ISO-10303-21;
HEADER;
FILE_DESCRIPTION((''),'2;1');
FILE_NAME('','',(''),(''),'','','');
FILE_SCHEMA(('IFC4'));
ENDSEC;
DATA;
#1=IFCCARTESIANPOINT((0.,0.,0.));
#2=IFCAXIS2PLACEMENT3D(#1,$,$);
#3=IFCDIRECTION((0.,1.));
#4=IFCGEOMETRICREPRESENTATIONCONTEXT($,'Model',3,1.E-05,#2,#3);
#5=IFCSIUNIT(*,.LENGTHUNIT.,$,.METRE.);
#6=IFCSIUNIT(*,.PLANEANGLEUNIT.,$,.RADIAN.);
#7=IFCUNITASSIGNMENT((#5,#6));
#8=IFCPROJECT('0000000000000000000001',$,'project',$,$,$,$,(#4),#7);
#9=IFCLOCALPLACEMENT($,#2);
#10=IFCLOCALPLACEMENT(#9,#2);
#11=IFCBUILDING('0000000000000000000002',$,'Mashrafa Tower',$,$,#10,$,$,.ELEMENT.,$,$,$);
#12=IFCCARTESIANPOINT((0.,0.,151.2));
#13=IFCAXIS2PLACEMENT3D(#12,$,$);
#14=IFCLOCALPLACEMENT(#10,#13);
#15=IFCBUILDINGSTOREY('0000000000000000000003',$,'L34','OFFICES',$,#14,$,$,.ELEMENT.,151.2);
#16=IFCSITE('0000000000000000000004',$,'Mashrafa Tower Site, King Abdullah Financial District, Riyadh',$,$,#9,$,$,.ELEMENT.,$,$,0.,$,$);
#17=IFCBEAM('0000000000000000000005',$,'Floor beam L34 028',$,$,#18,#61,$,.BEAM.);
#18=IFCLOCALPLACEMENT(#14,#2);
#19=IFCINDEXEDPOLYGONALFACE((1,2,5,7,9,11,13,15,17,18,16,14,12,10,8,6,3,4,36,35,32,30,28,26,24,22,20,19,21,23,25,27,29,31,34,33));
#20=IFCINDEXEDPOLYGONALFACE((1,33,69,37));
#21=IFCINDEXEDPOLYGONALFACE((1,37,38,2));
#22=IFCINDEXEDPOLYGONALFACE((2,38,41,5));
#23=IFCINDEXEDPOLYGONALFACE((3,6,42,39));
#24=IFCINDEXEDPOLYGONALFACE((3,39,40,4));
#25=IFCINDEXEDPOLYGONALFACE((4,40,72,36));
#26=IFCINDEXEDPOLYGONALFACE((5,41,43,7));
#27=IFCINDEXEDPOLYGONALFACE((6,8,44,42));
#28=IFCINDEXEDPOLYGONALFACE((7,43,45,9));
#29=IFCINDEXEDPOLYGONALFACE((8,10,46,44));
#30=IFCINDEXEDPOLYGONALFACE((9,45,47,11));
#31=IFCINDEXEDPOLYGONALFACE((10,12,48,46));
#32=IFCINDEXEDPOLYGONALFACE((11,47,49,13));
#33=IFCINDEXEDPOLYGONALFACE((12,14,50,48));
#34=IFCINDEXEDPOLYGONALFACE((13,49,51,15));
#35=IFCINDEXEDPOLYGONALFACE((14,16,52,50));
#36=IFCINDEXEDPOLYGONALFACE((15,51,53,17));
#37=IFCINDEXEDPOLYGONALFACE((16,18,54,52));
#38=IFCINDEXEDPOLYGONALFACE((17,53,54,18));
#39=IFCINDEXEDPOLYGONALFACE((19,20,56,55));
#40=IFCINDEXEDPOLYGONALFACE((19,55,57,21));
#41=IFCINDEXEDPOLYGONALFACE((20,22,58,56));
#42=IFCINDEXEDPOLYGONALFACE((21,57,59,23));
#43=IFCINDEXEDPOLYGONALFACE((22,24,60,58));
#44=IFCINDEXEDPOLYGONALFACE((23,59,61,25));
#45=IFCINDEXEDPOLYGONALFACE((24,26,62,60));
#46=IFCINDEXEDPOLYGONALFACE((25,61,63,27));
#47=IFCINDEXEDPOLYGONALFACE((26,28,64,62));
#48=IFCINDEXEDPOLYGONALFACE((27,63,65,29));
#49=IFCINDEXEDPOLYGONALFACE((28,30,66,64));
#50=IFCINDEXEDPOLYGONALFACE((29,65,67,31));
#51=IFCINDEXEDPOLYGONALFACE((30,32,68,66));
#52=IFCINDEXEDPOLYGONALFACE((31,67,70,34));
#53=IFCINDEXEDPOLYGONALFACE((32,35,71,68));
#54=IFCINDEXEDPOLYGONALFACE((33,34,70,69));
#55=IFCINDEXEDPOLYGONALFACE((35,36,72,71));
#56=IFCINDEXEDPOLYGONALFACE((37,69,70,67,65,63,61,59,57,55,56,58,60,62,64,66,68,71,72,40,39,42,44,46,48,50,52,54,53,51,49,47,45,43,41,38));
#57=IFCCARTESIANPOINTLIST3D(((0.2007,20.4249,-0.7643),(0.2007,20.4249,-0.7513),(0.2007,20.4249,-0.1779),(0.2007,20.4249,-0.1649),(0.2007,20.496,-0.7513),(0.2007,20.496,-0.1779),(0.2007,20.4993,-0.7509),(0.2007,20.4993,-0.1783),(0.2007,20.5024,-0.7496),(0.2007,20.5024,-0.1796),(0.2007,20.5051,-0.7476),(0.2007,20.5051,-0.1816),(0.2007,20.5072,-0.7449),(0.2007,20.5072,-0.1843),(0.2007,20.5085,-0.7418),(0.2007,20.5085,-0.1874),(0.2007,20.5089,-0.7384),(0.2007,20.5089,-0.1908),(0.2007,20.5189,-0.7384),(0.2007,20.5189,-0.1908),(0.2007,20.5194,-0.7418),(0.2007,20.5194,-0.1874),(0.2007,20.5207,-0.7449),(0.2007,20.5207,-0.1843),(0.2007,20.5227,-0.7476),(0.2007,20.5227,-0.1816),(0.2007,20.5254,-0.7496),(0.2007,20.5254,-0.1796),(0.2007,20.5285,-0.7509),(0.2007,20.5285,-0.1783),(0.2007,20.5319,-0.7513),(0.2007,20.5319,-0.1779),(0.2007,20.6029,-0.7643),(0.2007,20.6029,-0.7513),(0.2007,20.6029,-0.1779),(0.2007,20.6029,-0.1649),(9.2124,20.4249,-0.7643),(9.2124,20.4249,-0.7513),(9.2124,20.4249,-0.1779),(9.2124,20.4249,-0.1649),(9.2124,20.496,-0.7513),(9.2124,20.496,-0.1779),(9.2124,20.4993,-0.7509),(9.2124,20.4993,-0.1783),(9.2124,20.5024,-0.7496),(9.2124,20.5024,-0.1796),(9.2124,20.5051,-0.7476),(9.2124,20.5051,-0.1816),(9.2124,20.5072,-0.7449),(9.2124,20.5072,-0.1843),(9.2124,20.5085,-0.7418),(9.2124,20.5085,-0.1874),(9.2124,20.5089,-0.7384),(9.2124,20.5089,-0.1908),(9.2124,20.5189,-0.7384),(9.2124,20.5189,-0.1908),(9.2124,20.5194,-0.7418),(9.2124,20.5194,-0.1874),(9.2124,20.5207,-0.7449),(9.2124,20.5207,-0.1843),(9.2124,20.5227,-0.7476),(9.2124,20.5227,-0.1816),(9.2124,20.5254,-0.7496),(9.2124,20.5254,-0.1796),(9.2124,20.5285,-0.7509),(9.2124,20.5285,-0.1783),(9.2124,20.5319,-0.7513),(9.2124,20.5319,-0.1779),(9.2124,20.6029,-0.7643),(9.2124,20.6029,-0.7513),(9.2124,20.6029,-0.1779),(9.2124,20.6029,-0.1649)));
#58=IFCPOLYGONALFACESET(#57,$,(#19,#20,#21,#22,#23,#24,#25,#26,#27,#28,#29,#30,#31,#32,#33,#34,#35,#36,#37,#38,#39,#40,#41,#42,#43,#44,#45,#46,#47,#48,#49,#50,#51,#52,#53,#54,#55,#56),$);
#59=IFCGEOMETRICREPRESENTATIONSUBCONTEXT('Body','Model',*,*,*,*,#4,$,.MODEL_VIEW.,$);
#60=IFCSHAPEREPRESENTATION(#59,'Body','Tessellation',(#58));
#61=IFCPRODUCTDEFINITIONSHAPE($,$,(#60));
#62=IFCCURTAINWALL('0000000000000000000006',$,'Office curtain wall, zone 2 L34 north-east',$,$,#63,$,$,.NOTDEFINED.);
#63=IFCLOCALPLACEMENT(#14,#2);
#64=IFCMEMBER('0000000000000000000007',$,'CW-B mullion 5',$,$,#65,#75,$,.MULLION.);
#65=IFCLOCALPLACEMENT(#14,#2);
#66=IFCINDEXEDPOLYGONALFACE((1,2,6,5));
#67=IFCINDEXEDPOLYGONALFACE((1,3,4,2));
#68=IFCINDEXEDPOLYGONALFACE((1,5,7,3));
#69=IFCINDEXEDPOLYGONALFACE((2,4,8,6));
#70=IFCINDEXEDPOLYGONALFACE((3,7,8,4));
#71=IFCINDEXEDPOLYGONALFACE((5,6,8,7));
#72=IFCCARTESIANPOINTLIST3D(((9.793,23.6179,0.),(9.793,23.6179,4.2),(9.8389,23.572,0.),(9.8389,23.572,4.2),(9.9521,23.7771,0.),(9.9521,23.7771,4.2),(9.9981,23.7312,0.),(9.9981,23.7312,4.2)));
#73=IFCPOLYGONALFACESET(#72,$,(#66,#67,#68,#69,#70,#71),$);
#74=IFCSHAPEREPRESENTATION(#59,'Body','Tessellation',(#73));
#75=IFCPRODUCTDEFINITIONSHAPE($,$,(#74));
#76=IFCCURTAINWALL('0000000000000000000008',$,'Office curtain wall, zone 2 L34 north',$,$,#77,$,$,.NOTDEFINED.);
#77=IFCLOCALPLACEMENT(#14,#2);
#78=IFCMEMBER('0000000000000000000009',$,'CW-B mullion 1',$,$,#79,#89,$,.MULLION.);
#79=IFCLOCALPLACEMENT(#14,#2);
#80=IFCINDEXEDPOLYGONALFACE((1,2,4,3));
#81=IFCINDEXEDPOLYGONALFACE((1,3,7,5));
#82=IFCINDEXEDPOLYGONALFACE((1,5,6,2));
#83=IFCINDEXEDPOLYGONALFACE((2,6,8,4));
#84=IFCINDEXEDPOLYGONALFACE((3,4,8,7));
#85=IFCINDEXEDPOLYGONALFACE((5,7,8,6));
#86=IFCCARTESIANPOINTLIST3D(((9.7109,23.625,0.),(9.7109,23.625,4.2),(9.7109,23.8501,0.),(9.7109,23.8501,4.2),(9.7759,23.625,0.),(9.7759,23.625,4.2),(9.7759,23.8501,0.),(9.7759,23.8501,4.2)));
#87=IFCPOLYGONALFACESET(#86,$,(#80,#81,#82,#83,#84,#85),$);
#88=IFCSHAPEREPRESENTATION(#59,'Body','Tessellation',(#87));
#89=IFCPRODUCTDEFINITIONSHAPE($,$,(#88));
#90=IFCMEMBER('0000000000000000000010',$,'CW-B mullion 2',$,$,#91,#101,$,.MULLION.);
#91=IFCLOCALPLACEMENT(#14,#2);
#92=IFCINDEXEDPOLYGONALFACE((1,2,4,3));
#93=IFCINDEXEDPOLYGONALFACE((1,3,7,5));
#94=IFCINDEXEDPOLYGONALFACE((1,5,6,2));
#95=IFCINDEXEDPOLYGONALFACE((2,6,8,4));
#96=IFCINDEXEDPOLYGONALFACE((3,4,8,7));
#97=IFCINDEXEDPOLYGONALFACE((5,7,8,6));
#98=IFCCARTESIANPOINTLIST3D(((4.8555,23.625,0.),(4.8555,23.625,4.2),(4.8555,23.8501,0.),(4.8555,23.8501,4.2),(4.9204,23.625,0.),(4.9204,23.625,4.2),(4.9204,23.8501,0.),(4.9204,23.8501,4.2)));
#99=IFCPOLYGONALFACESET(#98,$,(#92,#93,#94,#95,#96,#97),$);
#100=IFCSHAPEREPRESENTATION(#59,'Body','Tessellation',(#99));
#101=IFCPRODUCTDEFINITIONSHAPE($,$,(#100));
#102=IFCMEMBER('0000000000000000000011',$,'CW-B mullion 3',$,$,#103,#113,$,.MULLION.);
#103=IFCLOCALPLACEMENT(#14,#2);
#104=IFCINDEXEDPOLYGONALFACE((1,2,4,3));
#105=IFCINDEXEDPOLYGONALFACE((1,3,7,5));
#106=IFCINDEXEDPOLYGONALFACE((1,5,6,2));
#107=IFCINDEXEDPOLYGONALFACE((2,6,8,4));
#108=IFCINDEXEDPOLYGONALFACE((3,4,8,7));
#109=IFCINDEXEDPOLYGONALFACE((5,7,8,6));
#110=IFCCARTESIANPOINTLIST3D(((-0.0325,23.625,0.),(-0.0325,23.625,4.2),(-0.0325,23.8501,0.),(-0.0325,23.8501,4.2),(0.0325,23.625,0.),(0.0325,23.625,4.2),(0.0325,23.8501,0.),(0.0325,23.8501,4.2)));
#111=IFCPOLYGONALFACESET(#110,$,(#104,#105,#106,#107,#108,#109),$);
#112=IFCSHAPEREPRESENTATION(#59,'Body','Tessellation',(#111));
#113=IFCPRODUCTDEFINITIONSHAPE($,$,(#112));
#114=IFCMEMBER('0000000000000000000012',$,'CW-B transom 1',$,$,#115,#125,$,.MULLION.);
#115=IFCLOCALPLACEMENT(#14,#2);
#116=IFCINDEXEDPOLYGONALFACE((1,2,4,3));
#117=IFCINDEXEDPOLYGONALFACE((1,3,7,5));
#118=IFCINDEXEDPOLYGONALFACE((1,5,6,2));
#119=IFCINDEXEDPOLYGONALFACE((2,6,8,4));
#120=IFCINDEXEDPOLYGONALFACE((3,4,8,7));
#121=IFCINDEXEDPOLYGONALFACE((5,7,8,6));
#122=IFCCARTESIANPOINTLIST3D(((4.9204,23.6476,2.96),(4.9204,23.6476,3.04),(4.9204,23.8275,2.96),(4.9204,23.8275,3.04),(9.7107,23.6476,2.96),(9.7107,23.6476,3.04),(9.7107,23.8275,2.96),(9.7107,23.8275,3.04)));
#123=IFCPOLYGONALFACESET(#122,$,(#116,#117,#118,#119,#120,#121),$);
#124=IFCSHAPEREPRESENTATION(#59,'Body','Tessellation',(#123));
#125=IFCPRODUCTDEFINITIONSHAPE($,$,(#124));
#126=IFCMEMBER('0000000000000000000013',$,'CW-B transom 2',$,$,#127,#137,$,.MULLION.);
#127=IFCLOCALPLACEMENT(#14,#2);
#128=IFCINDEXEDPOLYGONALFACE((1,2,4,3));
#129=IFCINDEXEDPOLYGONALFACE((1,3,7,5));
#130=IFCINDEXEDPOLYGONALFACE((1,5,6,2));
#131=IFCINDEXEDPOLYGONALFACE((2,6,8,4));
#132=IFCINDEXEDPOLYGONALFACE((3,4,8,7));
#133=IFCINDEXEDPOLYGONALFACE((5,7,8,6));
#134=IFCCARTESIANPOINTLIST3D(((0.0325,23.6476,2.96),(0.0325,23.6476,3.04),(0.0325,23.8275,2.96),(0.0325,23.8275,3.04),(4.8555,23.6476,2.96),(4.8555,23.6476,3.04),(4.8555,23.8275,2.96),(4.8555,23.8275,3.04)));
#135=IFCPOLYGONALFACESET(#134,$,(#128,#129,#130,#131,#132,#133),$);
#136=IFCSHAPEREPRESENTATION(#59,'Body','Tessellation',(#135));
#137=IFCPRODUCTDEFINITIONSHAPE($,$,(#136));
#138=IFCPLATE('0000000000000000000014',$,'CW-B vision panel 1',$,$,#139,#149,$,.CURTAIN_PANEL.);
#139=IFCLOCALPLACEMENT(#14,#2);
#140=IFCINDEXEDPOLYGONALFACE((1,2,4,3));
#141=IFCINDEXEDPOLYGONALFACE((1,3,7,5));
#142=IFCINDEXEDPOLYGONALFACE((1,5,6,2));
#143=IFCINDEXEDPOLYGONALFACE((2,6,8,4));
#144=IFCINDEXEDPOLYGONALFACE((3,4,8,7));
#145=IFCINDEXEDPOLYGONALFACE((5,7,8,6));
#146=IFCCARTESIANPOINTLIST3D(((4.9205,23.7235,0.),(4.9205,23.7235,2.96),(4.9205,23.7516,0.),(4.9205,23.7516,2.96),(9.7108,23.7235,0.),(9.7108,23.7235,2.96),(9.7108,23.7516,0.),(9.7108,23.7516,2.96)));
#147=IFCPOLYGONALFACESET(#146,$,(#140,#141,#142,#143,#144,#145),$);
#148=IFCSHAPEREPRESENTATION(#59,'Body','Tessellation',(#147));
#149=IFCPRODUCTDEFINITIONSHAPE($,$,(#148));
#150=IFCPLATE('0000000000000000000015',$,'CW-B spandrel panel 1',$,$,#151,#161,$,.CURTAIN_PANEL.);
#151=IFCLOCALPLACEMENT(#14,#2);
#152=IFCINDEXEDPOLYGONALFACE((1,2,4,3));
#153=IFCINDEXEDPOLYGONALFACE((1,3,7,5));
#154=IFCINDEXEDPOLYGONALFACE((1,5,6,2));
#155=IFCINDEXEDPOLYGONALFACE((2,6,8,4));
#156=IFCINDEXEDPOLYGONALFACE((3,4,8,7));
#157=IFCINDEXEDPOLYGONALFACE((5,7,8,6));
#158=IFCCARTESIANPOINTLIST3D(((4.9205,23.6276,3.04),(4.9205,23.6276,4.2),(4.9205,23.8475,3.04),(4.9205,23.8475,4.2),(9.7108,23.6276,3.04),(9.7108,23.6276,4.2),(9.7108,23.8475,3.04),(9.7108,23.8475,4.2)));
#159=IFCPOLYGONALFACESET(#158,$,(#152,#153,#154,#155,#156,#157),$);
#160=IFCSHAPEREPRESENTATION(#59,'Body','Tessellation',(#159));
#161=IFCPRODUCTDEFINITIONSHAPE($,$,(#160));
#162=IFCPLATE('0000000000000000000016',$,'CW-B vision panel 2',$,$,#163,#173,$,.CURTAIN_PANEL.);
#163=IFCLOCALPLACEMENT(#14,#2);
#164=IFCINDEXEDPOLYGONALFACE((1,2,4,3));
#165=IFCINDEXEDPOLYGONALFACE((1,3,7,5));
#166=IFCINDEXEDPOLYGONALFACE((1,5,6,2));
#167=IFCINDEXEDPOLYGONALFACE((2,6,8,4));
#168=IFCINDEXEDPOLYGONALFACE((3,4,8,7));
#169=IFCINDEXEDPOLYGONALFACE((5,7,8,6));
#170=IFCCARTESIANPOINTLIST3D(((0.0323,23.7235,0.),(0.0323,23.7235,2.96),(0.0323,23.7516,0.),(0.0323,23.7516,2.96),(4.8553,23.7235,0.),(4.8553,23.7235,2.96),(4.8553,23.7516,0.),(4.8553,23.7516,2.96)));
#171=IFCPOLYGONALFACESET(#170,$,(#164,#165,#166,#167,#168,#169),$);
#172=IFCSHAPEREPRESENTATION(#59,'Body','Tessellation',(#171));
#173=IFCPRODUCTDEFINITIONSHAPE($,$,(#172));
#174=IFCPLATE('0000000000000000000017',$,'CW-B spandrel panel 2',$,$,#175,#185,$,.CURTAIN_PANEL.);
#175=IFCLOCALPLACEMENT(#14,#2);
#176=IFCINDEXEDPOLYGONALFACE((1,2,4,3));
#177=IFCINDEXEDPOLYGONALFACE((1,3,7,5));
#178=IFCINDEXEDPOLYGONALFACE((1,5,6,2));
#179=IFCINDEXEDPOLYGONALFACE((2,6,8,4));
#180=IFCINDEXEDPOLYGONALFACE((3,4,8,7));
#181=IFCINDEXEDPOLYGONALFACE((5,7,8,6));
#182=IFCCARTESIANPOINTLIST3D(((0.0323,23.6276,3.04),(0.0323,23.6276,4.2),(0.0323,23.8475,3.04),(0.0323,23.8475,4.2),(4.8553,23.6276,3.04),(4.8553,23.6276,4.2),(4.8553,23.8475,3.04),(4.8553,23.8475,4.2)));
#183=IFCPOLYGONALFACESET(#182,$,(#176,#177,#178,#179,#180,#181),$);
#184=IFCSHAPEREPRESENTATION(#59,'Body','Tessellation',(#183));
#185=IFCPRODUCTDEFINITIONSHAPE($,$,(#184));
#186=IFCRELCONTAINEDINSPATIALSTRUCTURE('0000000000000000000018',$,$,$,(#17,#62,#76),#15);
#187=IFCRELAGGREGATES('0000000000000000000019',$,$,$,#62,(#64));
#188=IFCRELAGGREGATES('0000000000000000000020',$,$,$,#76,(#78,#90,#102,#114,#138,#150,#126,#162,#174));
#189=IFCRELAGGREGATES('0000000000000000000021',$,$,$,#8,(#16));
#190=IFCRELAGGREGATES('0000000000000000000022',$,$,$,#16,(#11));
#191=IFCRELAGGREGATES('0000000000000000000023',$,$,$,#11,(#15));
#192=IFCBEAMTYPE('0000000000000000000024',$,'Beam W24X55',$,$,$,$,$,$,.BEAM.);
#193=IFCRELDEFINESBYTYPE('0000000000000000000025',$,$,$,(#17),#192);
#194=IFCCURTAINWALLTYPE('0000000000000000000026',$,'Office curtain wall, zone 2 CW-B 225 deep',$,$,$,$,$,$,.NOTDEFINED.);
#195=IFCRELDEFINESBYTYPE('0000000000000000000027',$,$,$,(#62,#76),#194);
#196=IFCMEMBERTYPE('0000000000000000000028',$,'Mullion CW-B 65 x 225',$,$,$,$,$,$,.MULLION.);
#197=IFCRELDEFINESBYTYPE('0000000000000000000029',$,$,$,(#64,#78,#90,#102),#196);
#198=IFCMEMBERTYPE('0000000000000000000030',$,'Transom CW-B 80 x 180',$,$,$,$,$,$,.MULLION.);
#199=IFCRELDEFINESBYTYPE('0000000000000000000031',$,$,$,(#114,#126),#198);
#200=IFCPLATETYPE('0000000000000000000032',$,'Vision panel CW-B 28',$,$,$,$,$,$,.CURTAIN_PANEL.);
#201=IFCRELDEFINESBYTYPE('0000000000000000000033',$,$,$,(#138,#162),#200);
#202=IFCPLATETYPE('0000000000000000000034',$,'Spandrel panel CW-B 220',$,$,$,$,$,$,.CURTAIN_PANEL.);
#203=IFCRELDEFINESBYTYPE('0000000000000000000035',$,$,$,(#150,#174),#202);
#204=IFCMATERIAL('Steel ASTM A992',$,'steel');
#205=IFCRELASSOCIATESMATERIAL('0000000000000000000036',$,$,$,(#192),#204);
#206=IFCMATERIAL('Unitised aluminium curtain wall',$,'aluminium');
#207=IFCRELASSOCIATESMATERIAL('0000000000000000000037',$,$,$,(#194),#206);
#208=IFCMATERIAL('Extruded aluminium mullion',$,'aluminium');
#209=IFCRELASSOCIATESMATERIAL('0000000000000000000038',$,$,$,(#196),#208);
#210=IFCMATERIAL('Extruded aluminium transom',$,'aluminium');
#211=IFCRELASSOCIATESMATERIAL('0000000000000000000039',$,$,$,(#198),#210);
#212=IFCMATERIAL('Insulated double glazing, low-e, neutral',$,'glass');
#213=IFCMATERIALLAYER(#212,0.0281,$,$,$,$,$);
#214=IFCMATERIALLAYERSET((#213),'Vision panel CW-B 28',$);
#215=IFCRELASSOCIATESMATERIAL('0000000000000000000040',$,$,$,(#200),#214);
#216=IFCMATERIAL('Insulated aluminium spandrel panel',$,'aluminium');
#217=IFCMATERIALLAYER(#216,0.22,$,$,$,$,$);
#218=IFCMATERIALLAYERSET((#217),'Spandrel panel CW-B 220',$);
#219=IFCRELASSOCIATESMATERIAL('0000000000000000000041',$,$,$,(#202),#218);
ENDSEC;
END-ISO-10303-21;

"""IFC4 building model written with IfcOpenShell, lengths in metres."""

from ifc_helpers import new_model, si_unit, direction, frame, origin, origin_2d, place, context, subcontext, project, spatial, rectangle, i_section, extrude, source, transform, mapped, material, layer, layer_set, material_profile, profile_set, type_object, type_shapes, element, aggregate, save


model = new_model("IFC4")

# Units and contexts
model_context = context("Model", 3, precision=1e-05, world=origin(), true_north=direction((0.0, 1.0)))
body_context = subcontext(model_context, "Body", "Model", "MODEL_VIEW")
ifc_project = project(units=[si_unit("LENGTHUNIT", "METRE"), si_unit("PLANEANGLEUNIT", "RADIAN")], contexts=[model_context])

# Site, building, storey
site_placement = place(None, origin())
site = spatial("IfcSite", under=ifc_project, at=site_placement, Name="Mashrafa Tower Site, King Abdullah Financial District, Riyadh", CompositionType="ELEMENT", RefElevation=0.0)
building_placement = place(site_placement, origin())
building = spatial("IfcBuilding", under=site, at=building_placement, Name="Mashrafa Tower", CompositionType="ELEMENT")
storey_placement = place(building_placement, frame((0.0, 0.0, 151.2)))
storey = spatial("IfcBuildingStorey", under=building, at=storey_placement, Name="L34", Description="OFFICES", CompositionType="ELEMENT", Elevation=151.2)

# Beam
ifc_material_1 = material(Name="Steel ASTM A992", Category="steel")
ifc_material_profile_1 = material_profile(ifc_material_1, i_section(OverallWidth=0.178, OverallDepth=0.5994, WebThickness=0.01, FlangeThickness=0.0129, FilletRadius=0.0129, at=origin_2d()), Name="W24X55")
ifc_profile_set_1 = profile_set([ifc_material_profile_1], Name="Steel ASTM A992")
beam_type_1 = type_object("IfcBeamType", Name="Beam W24X55", PredefinedType="BEAM", material=ifc_profile_set_1)
beam_1_placement = place(storey_placement, frame((0.2007, 20.5139, -0.4646), z_axis=(1.0, 0.0, 0.0), x_axis=(0.0, 1.0, 0.0)))
element("IfcBeam", 1, at=beam_1_placement, inside=storey, type_object=beam_type_1, Name="Floor beam L34 028", PredefinedType="BEAM", context=body_context, shape_type="SweptSolid", body=[
    extrude(i_section(OverallWidth=0.178, OverallDepth=0.5994, WebThickness=0.01, FlangeThickness=0.0129, FilletRadius=0.0129, at=origin_2d()), origin(), (0.0, 0.0, 1.0), 9.0117),
])

# Curtain wall, member
ifc_material_2 = material(Name="Unitised aluminium curtain wall", Category="aluminium")
curtain_wall_type = type_object("IfcCurtainWallType", Name="Office curtain wall, zone 2 CW-B 225 deep", PredefinedType="NOTDEFINED", material=ifc_material_2)
curtain_wall_1_placement = place(storey_placement, origin())
curtain_wall_1 = element("IfcCurtainWall", 2, at=curtain_wall_1_placement, inside=storey, type_object=curtain_wall_type, Name="Office curtain wall, zone 2 L34 north-east", PredefinedType="NOTDEFINED")
ifc_material_3 = material(Name="Extruded aluminium mullion", Category="aluminium")
ifc_material_profile_2 = material_profile(ifc_material_3, rectangle(XDim=0.2251, YDim=0.0649, at=origin_2d()), Name="Mullion 65x225")
ifc_profile_set_2 = profile_set([ifc_material_profile_2], Name="Extruded aluminium mullion")
member_type_1 = type_object("IfcMemberType", Name="Mullion CW-B 65 x 225", PredefinedType="MULLION", material=ifc_profile_set_2)
shared_shape_1 = source(origin(), body_context, "Body", "SweptSolid", [
    extrude(rectangle(XDim=0.2251, YDim=0.0649, at=origin_2d()), origin(), (0.0, 0.0, 1.0), 4.2),
])
type_shapes(member_type_1, [shared_shape_1])
member_1_placement = place(storey_placement, frame((9.8955, 23.6746, 0.0), z_axis=(0.0, 0.0, 1.0), x_axis=(-0.707107, -0.707107, 0.0)))
member_1 = element("IfcMember", 3, at=member_1_placement, type_object=member_type_1, Name="CW-B mullion 5", PredefinedType="MULLION", context=body_context, shape_type="MappedRepresentation", body=[
    mapped(shared_shape_1, transform((0.0, 0.0, 0.0))),
])
aggregate(curtain_wall_1, [member_1])

# Curtain wall, members, plates
curtain_wall_2_placement = place(storey_placement, origin())
curtain_wall_2 = element("IfcCurtainWall", 4, at=curtain_wall_2_placement, inside=storey, type_object=curtain_wall_type, Name="Office curtain wall, zone 2 L34 north", PredefinedType="NOTDEFINED")
member_2_placement = place(storey_placement, frame((9.7434, 23.7375, 0.0), z_axis=(0.0, 0.0, 1.0), x_axis=(0.0, -1.0, 0.0)))
member_2 = element("IfcMember", 5, at=member_2_placement, type_object=member_type_1, Name="CW-B mullion 1", PredefinedType="MULLION", context=body_context, shape_type="MappedRepresentation", body=[
    mapped(shared_shape_1, transform((0.0, 0.0, 0.0))),
])
member_3_placement = place(storey_placement, frame((4.8879, 23.7375, 0.0), z_axis=(0.0, 0.0, 1.0), x_axis=(0.0, -1.0, 0.0)))
member_3 = element("IfcMember", 6, at=member_3_placement, type_object=member_type_1, Name="CW-B mullion 2", PredefinedType="MULLION", context=body_context, shape_type="MappedRepresentation", body=[
    mapped(shared_shape_1, transform((0.0, 0.0, 0.0))),
])
member_4_placement = place(storey_placement, frame((0.0, 23.7375, 0.0), z_axis=(0.0, 0.0, 1.0), x_axis=(0.0, -1.0, 0.0)))
member_4 = element("IfcMember", 7, at=member_4_placement, type_object=member_type_1, Name="CW-B mullion 3", PredefinedType="MULLION", context=body_context, shape_type="MappedRepresentation", body=[
    mapped(shared_shape_1, transform((0.0, 0.0, 0.0))),
])
ifc_material_4 = material(Name="Extruded aluminium transom", Category="aluminium")
ifc_material_profile_3 = material_profile(ifc_material_4, rectangle(XDim=0.1799, YDim=0.0801, at=origin_2d()), Name="Transom 80x180")
ifc_profile_set_3 = profile_set([ifc_material_profile_3], Name="Extruded aluminium transom")
member_type_2 = type_object("IfcMemberType", Name="Transom CW-B 80 x 180", PredefinedType="MULLION", material=ifc_profile_set_3)
shared_shape_2 = source(origin(), body_context, "Body", "SweptSolid", [
    extrude(rectangle(XDim=0.1799, YDim=0.0801, at=origin_2d()), origin(), (0.0, 0.0, 1.0), 4.7903),
])
member_5_placement = place(storey_placement, frame((9.7107, 23.7375, 3.0), z_axis=(-1.0, 0.0, 0.0), x_axis=(0.0, -1.0, 0.0)))
member_5 = element("IfcMember", 8, at=member_5_placement, type_object=member_type_2, Name="CW-B transom 1", PredefinedType="MULLION", context=body_context, shape_type="MappedRepresentation", body=[
    mapped(shared_shape_2, transform((0.0, 0.0, 0.0))),
])
shared_shape_3 = source(origin(), body_context, "Body", "SweptSolid", [
    extrude(rectangle(XDim=0.1799, YDim=0.0801, at=origin_2d()), origin(), (0.0, 0.0, 1.0), 4.823),
])
type_shapes(member_type_2, [shared_shape_2, shared_shape_3])
member_6_placement = place(storey_placement, frame((4.8555, 23.7375, 3.0), z_axis=(-1.0, 0.0, 0.0), x_axis=(0.0, -1.0, 0.0)))
member_6 = element("IfcMember", 9, at=member_6_placement, type_object=member_type_2, Name="CW-B transom 2", PredefinedType="MULLION", context=body_context, shape_type="MappedRepresentation", body=[
    mapped(shared_shape_3, transform((0.0, 0.0, 0.0))),
])
ifc_material_5 = material(Name="Insulated double glazing, low-e, neutral", Category="glass")
ifc_layer_1 = layer(ifc_material_5, 0.0281)
ifc_layer_set_1 = layer_set([ifc_layer_1], Name="Vision panel CW-B 28")
plate_type_1 = type_object("IfcPlateType", Name="Vision panel CW-B 28", PredefinedType="CURTAIN_PANEL", material=ifc_layer_set_1)
shared_shape_4 = source(origin(), body_context, "Body", "SweptSolid", [
    extrude(rectangle(XDim=4.7903, YDim=0.0281, at=origin_2d()), origin(), (0.0, 0.0, 1.0), 2.96),
])
plate_1_placement = place(storey_placement, frame((7.3157, 23.7375, 0.0), z_axis=(0.0, 0.0, 1.0), x_axis=(-1.0, 0.0, 0.0)))
plate_1 = element("IfcPlate", 10, at=plate_1_placement, type_object=plate_type_1, Name="CW-B vision panel 1", PredefinedType="CURTAIN_PANEL", context=body_context, shape_type="MappedRepresentation", body=[
    mapped(shared_shape_4, transform((0.0, 0.0, 0.0))),
])
ifc_material_6 = material(Name="Insulated aluminium spandrel panel", Category="aluminium")
ifc_layer_2 = layer(ifc_material_6, 0.22)
ifc_layer_set_2 = layer_set([ifc_layer_2], Name="Spandrel panel CW-B 220")
plate_type_2 = type_object("IfcPlateType", Name="Spandrel panel CW-B 220", PredefinedType="CURTAIN_PANEL", material=ifc_layer_set_2)
shared_shape_5 = source(origin(), body_context, "Body", "SweptSolid", [
    extrude(rectangle(XDim=4.7903, YDim=0.22, at=origin_2d()), origin(), (0.0, 0.0, 1.0), 1.1599),
])
plate_2_placement = place(storey_placement, frame((7.3157, 23.7375, 3.04), z_axis=(0.0, 0.0, 1.0), x_axis=(-1.0, 0.0, 0.0)))
plate_2 = element("IfcPlate", 11, at=plate_2_placement, type_object=plate_type_2, Name="CW-B spandrel panel 1", PredefinedType="CURTAIN_PANEL", context=body_context, shape_type="MappedRepresentation", body=[
    mapped(shared_shape_5, transform((0.0, 0.0, 0.0))),
])
shared_shape_6 = source(origin(), body_context, "Body", "SweptSolid", [
    extrude(rectangle(XDim=4.823, YDim=0.0281, at=origin_2d()), origin(), (0.0, 0.0, 1.0), 2.96),
])
type_shapes(plate_type_1, [shared_shape_4, shared_shape_6])
plate_3_placement = place(storey_placement, frame((2.4438, 23.7375, 0.0), z_axis=(0.0, 0.0, 1.0), x_axis=(-1.0, 0.0, 0.0)))
plate_3 = element("IfcPlate", 12, at=plate_3_placement, type_object=plate_type_1, Name="CW-B vision panel 2", PredefinedType="CURTAIN_PANEL", context=body_context, shape_type="MappedRepresentation", body=[
    mapped(shared_shape_6, transform((0.0, 0.0, 0.0))),
])
shared_shape_7 = source(origin(), body_context, "Body", "SweptSolid", [
    extrude(rectangle(XDim=4.823, YDim=0.22, at=origin_2d()), origin(), (0.0, 0.0, 1.0), 1.1599),
])
type_shapes(plate_type_2, [shared_shape_5, shared_shape_7])
plate_4_placement = place(storey_placement, frame((2.4438, 23.7375, 3.04), z_axis=(0.0, 0.0, 1.0), x_axis=(-1.0, 0.0, 0.0)))
plate_4 = element("IfcPlate", 13, at=plate_4_placement, type_object=plate_type_2, Name="CW-B spandrel panel 2", PredefinedType="CURTAIN_PANEL", context=body_context, shape_type="MappedRepresentation", body=[
    mapped(shared_shape_7, transform((0.0, 0.0, 0.0))),
])
aggregate(curtain_wall_2, [member_2, member_3, member_4, member_5, plate_1, plate_2, member_6, plate_3, plate_4])

save(model, "model.ifc")
